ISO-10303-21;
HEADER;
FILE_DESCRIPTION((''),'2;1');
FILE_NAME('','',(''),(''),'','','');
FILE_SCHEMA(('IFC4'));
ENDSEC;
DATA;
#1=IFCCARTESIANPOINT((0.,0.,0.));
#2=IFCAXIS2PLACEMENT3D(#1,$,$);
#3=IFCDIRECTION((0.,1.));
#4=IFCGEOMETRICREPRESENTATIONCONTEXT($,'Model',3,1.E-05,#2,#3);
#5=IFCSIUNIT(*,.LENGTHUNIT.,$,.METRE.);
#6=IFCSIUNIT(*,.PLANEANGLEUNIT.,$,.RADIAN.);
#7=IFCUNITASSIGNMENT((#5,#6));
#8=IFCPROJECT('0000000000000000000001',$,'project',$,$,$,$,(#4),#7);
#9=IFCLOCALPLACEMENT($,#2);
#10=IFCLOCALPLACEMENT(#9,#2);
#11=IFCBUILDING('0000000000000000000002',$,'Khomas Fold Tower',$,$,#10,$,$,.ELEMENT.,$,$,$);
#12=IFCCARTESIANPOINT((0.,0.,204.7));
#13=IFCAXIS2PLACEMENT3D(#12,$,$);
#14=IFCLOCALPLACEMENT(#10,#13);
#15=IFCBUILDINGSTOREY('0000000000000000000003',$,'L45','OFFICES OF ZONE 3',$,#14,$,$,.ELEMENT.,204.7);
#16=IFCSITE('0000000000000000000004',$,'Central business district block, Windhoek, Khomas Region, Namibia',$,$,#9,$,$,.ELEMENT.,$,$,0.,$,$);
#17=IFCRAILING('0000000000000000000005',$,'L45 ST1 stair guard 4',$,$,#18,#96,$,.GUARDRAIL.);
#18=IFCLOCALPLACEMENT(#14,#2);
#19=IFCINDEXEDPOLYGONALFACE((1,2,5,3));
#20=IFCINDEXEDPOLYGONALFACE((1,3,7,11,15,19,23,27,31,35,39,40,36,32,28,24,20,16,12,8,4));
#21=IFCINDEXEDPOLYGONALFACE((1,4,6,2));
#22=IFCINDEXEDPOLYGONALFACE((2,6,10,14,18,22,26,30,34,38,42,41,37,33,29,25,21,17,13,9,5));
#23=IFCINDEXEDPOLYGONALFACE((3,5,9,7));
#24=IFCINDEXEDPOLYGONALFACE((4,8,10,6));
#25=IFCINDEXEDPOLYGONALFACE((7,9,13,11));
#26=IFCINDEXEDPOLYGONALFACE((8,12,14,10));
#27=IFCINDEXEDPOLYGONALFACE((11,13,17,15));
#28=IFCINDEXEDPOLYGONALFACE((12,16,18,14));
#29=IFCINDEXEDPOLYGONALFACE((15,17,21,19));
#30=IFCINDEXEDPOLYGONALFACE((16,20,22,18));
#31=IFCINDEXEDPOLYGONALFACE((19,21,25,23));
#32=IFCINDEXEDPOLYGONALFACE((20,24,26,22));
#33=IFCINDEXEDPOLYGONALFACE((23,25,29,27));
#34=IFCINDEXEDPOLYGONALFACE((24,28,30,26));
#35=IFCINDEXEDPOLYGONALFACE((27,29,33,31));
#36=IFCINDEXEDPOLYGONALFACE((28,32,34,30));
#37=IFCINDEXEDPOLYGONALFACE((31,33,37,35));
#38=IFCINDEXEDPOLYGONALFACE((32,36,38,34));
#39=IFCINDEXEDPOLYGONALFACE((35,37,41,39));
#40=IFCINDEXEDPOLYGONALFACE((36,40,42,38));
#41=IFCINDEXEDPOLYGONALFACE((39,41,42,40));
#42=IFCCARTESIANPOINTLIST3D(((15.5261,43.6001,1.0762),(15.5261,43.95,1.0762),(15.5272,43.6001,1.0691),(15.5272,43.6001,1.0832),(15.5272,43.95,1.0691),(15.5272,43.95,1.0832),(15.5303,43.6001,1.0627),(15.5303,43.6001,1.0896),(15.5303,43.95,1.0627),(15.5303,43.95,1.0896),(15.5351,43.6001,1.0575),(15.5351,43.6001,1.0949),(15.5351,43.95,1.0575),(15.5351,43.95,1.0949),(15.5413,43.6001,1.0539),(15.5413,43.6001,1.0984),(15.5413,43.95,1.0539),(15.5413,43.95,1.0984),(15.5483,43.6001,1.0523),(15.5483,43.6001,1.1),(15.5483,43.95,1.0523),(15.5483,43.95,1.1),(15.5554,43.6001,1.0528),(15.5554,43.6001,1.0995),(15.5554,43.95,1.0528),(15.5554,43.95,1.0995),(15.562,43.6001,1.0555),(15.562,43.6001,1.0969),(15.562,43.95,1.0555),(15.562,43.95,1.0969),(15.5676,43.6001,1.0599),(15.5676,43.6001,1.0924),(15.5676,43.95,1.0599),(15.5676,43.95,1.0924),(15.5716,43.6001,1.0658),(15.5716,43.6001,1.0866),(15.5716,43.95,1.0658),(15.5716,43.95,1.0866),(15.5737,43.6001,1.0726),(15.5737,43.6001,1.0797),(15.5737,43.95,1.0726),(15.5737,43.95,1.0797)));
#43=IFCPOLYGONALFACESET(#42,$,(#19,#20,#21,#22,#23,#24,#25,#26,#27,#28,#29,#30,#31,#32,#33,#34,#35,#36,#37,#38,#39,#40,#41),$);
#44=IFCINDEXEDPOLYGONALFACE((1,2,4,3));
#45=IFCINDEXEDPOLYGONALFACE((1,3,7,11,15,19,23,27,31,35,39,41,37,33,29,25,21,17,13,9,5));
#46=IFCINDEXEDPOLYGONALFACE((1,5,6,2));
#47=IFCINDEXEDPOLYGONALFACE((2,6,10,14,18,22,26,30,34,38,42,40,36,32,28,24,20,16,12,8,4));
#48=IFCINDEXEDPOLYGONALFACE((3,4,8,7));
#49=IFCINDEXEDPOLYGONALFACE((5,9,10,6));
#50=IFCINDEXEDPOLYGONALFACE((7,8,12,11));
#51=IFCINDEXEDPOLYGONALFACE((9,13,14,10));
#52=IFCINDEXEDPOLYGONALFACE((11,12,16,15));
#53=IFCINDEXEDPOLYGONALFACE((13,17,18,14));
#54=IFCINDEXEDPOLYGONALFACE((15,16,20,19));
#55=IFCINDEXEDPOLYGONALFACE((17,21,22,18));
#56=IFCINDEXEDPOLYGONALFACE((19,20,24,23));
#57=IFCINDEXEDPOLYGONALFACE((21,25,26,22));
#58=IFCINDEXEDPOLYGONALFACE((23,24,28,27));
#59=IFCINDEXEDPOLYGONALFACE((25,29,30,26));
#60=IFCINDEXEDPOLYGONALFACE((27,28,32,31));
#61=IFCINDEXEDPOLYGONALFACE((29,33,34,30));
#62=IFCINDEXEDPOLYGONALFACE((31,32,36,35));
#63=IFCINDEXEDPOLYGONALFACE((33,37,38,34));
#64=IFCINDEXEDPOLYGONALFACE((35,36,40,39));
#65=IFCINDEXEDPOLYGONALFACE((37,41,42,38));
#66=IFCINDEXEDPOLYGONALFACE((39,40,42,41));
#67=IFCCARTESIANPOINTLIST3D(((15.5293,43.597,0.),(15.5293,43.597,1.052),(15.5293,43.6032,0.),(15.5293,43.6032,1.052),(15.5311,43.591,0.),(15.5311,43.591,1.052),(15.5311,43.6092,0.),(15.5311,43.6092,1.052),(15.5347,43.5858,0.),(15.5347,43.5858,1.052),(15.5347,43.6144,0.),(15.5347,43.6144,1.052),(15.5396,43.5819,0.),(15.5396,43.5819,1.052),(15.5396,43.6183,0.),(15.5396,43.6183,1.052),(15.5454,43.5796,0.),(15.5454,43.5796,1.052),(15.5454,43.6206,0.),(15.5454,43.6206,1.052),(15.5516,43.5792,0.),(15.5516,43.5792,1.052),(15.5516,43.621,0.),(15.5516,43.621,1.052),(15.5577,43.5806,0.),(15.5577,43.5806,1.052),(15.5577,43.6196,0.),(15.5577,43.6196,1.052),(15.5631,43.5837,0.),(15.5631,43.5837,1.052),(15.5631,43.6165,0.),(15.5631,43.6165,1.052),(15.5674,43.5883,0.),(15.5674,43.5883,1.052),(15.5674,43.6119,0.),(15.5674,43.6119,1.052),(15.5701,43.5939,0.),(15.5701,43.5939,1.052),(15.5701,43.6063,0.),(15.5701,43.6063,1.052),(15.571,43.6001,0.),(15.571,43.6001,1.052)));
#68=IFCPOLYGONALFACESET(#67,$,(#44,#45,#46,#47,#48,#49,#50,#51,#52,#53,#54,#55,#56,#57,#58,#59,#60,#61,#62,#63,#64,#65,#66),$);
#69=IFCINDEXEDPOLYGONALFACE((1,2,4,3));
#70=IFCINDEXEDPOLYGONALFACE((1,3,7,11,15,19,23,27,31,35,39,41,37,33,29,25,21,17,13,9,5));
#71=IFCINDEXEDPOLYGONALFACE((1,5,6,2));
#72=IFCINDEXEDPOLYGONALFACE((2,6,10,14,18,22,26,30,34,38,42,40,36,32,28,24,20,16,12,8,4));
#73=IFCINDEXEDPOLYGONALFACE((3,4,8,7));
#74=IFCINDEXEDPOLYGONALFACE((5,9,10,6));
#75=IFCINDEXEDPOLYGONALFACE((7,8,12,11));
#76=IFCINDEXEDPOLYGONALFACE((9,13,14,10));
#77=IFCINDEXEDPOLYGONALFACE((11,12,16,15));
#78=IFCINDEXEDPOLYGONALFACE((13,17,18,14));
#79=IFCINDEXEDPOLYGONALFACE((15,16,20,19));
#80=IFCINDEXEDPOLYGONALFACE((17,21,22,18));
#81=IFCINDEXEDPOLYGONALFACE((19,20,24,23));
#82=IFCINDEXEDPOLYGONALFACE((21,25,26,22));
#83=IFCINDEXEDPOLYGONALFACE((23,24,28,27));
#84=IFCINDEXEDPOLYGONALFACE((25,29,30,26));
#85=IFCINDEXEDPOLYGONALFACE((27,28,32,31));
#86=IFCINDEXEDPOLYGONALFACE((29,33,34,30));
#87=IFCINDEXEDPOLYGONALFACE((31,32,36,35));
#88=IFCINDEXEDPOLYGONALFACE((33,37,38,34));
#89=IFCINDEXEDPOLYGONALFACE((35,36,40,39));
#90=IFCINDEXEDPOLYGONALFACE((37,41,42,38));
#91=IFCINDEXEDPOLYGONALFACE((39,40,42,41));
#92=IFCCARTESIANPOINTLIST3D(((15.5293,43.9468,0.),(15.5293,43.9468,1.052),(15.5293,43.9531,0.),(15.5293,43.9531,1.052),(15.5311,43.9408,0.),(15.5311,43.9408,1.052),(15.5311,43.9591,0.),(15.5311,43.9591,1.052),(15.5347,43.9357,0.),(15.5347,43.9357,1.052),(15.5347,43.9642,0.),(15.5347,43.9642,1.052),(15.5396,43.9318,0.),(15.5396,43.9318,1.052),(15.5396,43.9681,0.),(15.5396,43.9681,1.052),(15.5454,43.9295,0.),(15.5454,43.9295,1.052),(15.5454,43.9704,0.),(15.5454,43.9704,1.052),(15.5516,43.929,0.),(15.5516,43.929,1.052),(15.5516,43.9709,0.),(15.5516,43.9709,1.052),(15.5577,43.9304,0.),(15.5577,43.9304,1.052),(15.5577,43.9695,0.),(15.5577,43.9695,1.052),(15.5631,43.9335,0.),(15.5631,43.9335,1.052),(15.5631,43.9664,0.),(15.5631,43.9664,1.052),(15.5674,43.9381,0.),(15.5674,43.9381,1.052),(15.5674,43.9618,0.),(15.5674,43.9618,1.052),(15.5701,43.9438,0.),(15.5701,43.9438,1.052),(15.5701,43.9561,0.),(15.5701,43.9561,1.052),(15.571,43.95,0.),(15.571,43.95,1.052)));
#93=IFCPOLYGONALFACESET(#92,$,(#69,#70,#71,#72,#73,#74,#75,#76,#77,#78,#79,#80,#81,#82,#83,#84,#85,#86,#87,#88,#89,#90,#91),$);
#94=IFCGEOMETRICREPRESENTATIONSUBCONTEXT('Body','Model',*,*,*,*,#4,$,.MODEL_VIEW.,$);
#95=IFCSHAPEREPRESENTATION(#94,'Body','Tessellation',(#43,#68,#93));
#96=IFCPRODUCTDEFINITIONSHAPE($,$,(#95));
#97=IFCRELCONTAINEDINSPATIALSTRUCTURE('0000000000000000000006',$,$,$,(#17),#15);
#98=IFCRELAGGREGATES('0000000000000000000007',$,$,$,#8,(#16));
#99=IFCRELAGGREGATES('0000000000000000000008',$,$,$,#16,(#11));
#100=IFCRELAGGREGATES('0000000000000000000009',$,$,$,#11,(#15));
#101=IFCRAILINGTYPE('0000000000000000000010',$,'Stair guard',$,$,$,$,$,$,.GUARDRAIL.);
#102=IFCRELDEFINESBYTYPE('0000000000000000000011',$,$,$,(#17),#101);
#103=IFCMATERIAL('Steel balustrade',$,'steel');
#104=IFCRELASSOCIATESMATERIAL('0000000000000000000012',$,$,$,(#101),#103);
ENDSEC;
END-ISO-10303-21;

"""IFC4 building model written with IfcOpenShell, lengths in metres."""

from ifc_helpers import new_model, si_unit, direction, frame, origin, origin_2d, place, context, subcontext, project, spatial, circle, extrude, source, transform, mapped, material, type_object, element, save


model = new_model("IFC4")

# Units and contexts
model_context = context("Model", 3, precision=1e-05, world=origin(), true_north=direction((0.0, 1.0)))
body_context = subcontext(model_context, "Body", "Model", "MODEL_VIEW")
ifc_project = project(units=[si_unit("LENGTHUNIT", "METRE"), si_unit("PLANEANGLEUNIT", "RADIAN")], contexts=[model_context])

# Site, building, storey
site_placement = place(None, origin())
site = spatial("IfcSite", under=ifc_project, at=site_placement, Name="Central business district block, Windhoek, Khomas Region, Namibia", CompositionType="ELEMENT", RefElevation=0.0)
building_placement = place(site_placement, origin())
building = spatial("IfcBuilding", under=site, at=building_placement, Name="Khomas Fold Tower", CompositionType="ELEMENT")
storey_placement = place(building_placement, frame((0.0, 0.0, 204.7)))
storey = spatial("IfcBuildingStorey", under=building, at=storey_placement, Name="L45", Description="OFFICES OF ZONE 3", CompositionType="ELEMENT", Elevation=204.7)

# Railing
ifc_material_1 = material(Name="Steel balustrade", Category="steel")
railing_type_1 = type_object("IfcRailingType", Name="Stair guard", PredefinedType="GUARDRAIL", material=ifc_material_1)
shared_shape_1 = source(origin(), body_context, "Body", "SweptSolid", [
    extrude(circle(Radius=0.0239, at=origin_2d()), frame((0.0, 0.0, 1.0762), z_axis=(0.0, 1.0, 0.0), x_axis=(-1.0, 0.0, 0.0)), (0.0, 0.0, 1.0), 0.3499),
    extrude(circle(Radius=0.021, at=origin_2d()), origin(), (0.0, 0.0, 1.0), 1.052),
    extrude(circle(Radius=0.021, at=origin_2d()), frame((0.0, 0.3499, 0.0)), (0.0, 0.0, 1.0), 1.052),
])
for number, where, name in (
    (1, (15.55, 43.6001, 0.0), "L45 ST1 stair guard 4"),
):
    element("IfcRailing", number, at=place(storey_placement, frame(where)), inside=storey, type_object=railing_type_1, Name=name, PredefinedType="GUARDRAIL", context=body_context, shape_type="MappedRepresentation", body=[
        mapped(shared_shape_1, transform((0.0, 0.0, 0.0))),
    ])

save(model, "model.ifc")
